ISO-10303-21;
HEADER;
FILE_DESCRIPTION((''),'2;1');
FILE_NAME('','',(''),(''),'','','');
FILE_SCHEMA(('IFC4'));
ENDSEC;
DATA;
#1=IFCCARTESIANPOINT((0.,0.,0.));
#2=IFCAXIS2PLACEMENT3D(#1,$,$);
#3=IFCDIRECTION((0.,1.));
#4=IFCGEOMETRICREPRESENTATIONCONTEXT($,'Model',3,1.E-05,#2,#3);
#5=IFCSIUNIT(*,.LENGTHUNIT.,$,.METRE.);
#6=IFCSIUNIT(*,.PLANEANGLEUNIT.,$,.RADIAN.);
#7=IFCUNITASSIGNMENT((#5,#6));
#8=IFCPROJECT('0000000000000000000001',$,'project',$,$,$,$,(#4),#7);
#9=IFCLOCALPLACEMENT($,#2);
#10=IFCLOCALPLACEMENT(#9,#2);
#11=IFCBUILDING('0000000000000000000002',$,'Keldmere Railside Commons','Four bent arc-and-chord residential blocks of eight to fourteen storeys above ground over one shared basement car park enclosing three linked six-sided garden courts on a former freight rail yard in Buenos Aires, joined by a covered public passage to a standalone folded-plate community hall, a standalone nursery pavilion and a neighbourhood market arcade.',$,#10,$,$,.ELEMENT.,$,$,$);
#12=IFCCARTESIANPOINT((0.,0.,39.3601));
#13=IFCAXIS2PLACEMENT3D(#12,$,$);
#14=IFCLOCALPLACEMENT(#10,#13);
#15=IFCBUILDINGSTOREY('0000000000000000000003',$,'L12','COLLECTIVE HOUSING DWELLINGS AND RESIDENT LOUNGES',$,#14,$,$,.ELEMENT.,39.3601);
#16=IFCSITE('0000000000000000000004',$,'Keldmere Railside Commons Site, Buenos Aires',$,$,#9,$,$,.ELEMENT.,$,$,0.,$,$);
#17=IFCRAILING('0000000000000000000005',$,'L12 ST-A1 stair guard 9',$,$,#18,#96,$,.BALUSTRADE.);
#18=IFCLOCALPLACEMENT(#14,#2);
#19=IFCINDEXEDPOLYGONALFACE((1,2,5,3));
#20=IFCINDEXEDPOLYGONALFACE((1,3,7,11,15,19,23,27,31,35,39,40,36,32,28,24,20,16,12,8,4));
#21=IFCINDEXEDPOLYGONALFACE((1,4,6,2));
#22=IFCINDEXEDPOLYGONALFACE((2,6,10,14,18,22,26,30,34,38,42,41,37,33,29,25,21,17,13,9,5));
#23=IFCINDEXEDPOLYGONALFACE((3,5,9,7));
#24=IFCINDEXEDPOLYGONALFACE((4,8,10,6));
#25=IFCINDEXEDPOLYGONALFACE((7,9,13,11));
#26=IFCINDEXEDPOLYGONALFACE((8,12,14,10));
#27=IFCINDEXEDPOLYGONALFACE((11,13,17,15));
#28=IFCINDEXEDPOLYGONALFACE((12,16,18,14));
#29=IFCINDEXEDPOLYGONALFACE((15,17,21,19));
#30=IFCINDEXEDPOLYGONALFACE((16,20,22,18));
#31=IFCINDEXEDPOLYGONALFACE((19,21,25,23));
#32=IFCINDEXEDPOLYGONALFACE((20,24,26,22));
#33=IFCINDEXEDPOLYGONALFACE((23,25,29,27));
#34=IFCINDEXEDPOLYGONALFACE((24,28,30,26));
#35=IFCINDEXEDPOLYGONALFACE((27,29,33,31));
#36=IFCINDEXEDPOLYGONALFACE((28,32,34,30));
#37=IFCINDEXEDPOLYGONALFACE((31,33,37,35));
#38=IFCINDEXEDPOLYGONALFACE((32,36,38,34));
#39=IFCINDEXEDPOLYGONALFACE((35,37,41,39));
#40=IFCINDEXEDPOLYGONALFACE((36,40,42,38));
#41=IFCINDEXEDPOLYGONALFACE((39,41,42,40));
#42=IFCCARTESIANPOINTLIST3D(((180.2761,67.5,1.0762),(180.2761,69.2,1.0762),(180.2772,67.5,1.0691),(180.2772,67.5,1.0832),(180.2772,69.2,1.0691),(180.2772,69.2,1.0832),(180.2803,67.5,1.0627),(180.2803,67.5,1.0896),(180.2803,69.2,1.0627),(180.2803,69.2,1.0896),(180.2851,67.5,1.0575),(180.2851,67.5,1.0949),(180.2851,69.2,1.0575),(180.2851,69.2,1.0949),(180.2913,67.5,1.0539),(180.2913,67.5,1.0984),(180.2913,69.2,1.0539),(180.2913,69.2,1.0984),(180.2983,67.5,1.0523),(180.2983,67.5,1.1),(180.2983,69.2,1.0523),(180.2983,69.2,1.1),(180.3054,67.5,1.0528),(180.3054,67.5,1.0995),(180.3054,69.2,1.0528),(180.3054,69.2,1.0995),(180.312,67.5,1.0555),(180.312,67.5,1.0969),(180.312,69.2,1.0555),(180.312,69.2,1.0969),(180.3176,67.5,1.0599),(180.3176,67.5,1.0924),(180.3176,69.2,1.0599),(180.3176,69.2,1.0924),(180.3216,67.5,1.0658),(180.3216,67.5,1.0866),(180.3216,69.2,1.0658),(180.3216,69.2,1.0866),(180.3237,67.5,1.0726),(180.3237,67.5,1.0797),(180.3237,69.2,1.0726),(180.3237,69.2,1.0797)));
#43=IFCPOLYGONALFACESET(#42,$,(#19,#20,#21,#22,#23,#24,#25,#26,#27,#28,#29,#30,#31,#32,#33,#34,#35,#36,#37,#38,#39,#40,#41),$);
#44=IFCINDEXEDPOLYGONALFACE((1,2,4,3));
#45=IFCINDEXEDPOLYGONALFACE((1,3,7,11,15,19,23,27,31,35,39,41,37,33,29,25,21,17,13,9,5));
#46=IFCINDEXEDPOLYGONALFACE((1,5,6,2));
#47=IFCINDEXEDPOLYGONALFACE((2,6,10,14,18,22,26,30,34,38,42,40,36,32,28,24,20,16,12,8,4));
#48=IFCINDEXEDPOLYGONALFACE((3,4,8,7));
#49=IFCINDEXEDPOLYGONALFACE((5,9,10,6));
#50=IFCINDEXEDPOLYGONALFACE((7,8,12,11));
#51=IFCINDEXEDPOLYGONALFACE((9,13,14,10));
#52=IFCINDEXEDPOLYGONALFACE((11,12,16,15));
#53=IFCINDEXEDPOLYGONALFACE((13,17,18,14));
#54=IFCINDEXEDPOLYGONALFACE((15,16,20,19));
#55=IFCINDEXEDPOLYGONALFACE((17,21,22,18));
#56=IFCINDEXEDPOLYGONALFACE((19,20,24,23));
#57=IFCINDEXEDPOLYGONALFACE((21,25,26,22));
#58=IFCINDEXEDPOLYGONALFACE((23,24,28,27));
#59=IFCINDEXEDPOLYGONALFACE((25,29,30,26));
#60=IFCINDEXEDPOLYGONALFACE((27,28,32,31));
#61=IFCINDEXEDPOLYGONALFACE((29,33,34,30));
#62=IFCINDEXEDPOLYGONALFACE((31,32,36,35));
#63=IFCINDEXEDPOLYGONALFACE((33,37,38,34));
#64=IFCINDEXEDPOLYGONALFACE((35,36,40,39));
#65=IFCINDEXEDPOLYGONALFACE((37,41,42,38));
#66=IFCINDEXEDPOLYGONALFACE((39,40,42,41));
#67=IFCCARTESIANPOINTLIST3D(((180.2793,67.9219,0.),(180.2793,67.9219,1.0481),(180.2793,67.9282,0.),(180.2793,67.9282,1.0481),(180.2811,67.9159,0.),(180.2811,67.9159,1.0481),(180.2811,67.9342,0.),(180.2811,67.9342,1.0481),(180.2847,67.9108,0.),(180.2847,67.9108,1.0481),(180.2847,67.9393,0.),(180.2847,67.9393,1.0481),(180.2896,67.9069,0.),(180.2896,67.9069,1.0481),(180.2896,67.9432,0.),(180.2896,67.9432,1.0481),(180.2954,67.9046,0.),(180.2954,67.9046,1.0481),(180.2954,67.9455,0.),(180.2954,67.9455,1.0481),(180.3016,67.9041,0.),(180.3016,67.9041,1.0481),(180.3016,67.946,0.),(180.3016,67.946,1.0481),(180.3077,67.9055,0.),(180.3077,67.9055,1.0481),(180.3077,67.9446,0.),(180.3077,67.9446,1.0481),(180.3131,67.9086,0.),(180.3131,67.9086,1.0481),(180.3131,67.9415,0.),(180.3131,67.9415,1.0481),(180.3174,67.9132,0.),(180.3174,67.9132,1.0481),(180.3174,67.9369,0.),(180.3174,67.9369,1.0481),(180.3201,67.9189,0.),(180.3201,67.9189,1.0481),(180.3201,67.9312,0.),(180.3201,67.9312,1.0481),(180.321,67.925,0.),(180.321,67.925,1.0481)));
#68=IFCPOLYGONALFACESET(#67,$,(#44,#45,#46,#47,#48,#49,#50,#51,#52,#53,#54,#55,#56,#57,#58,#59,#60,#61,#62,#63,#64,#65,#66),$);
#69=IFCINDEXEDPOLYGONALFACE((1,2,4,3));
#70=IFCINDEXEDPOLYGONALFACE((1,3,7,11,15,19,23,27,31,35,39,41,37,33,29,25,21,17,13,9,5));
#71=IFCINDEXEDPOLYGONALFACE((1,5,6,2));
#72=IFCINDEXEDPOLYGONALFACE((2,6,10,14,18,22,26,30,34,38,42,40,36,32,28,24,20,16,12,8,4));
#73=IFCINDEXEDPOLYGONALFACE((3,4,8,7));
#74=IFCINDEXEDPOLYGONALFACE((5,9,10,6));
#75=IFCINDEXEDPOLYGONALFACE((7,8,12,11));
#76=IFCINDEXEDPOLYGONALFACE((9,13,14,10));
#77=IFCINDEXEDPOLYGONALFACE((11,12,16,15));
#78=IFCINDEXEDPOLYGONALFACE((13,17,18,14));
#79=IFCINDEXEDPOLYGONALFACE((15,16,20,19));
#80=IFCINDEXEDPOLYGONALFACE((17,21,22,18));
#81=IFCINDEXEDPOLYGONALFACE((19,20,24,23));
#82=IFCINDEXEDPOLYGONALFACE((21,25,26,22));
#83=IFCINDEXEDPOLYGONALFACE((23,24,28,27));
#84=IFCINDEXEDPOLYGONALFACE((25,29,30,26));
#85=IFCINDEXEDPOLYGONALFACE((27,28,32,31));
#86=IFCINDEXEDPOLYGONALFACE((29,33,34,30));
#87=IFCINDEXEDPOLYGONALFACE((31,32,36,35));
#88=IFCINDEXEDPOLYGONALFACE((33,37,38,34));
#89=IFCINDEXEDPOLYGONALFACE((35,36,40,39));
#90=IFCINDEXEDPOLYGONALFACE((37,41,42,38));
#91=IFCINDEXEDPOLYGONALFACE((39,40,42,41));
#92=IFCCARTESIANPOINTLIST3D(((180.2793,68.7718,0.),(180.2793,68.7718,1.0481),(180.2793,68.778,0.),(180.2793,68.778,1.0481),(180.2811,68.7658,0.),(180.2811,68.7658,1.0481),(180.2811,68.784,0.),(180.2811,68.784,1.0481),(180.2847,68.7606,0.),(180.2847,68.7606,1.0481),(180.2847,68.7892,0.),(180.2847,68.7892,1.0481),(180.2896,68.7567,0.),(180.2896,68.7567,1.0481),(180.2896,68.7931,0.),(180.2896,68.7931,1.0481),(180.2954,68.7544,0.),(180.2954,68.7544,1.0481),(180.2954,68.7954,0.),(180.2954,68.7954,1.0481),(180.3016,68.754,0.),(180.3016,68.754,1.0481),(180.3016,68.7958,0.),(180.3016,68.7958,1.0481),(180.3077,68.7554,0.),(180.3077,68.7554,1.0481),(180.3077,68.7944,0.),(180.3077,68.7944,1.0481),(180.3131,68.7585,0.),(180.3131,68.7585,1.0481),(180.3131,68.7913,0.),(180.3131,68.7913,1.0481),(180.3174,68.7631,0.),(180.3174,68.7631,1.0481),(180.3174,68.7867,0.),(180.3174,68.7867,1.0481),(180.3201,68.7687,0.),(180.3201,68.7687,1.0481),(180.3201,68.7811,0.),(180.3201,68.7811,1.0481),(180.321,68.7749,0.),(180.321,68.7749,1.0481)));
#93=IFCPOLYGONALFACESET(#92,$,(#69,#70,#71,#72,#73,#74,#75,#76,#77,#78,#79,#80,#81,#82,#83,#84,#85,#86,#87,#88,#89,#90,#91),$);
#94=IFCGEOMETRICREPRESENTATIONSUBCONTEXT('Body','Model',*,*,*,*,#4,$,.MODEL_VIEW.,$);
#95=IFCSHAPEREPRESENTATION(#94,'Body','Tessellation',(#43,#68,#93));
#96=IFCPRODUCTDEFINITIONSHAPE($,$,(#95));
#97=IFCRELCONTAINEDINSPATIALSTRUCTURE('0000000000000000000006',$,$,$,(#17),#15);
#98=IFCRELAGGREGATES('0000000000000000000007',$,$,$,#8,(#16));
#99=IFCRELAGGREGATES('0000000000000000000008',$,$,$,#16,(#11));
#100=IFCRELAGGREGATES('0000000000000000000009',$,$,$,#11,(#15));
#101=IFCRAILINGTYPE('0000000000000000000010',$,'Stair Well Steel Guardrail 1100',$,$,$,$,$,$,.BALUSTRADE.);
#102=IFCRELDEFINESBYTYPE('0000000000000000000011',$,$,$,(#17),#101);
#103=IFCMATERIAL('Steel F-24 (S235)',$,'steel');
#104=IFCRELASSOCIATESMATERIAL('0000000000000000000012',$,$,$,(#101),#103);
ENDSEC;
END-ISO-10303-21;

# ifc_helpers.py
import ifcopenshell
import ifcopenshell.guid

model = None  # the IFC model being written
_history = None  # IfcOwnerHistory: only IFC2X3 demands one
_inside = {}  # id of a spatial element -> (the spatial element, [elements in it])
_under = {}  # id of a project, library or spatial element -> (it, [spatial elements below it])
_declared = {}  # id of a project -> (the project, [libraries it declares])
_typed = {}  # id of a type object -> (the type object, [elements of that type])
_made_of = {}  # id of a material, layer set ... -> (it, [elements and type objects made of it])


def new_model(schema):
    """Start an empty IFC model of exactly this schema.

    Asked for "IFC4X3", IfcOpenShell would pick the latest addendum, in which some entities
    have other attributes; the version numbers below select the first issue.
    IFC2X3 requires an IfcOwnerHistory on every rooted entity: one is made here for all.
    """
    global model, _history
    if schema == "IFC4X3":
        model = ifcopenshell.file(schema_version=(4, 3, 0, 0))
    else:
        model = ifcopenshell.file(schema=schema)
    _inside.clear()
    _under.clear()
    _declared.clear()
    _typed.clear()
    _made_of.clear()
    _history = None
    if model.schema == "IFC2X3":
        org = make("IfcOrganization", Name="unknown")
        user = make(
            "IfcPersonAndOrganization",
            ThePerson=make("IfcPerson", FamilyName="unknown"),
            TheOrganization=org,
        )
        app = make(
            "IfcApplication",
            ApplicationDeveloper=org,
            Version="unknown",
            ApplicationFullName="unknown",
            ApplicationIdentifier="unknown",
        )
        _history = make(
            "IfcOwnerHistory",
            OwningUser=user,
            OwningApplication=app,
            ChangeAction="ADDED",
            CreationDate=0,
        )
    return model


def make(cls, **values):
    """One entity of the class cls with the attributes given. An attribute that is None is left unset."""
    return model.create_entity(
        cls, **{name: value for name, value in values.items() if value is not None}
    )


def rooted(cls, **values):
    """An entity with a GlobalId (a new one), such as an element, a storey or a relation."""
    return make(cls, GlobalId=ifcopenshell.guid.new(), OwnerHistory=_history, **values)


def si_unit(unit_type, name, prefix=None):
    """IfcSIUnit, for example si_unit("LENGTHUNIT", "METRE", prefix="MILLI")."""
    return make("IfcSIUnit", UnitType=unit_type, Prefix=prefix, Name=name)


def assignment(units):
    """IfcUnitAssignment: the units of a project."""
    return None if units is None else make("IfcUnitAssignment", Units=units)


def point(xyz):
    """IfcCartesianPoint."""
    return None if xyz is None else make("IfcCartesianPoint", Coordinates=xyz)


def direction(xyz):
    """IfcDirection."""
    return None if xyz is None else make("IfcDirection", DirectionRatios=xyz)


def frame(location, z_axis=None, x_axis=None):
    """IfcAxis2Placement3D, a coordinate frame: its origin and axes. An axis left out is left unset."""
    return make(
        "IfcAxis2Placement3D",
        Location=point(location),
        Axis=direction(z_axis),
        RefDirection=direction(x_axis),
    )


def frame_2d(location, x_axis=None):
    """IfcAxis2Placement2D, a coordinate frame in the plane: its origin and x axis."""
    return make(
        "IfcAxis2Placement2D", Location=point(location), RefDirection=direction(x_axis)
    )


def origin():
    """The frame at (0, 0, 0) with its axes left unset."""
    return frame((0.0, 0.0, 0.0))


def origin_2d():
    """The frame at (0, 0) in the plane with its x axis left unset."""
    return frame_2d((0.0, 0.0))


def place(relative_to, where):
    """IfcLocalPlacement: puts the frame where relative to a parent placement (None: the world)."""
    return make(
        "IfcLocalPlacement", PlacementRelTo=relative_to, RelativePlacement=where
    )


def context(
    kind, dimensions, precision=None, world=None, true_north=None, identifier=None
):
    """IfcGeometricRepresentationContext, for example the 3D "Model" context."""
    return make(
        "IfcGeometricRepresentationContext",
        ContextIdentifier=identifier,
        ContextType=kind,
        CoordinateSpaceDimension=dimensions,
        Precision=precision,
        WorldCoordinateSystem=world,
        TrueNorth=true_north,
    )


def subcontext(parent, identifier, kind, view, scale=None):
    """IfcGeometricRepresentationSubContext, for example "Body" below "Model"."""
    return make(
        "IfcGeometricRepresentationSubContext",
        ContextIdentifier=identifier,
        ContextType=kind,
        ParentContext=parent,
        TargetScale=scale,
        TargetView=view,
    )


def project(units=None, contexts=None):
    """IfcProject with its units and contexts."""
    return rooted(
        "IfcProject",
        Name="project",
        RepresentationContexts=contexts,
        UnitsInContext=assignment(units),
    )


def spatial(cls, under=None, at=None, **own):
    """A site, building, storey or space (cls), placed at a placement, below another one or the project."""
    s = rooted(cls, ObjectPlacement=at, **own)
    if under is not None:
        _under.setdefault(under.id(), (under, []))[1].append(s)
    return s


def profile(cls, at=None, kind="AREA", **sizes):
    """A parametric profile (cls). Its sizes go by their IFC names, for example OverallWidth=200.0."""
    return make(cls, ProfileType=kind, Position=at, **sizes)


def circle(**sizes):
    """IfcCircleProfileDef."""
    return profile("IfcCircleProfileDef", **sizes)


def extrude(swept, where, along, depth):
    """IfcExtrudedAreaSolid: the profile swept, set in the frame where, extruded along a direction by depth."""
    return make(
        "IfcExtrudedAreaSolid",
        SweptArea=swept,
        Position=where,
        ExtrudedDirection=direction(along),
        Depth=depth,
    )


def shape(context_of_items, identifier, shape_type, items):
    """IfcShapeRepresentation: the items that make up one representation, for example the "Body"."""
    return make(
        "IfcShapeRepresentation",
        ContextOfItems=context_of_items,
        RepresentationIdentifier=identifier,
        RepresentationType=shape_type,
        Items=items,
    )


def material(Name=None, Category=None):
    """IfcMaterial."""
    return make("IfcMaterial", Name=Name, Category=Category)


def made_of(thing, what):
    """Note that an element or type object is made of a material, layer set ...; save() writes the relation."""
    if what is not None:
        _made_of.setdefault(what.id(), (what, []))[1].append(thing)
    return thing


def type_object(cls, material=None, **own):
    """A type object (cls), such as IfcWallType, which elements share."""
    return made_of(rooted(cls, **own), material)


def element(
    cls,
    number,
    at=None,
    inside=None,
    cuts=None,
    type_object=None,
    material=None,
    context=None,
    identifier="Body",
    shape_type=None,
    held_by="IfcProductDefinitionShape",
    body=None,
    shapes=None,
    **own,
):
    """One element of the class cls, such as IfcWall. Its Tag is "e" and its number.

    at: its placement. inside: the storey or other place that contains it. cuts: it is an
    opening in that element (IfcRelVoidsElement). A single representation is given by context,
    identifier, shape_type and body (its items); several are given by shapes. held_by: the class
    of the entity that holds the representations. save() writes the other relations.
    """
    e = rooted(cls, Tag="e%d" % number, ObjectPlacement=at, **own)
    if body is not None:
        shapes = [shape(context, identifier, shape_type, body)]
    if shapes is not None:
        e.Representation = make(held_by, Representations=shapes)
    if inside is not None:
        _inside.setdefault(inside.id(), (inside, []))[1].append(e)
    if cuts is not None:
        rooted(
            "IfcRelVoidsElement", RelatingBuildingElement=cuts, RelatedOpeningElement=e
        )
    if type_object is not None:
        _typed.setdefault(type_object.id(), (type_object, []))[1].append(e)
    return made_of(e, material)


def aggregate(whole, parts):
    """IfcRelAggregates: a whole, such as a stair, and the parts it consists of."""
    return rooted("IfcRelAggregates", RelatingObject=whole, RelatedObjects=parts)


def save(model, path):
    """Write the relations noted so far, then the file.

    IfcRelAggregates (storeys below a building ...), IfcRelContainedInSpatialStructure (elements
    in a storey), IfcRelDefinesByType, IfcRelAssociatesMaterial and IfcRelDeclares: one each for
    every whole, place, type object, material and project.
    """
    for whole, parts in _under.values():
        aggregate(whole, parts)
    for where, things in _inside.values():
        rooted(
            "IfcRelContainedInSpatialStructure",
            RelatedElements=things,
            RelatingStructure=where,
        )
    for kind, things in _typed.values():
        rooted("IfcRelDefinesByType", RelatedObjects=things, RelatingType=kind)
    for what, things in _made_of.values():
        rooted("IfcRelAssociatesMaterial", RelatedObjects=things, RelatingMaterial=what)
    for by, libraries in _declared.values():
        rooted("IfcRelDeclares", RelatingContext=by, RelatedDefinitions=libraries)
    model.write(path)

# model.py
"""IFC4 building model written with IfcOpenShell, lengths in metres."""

from ifc_helpers import new_model, si_unit, direction, frame, origin, origin_2d, place, context, subcontext, project, spatial, circle, extrude, material, type_object, element, save


model = new_model("IFC4")

# Units and contexts
model_context = context("Model", 3, precision=1e-05, world=origin(), true_north=direction((0.0, 1.0)))
body_context = subcontext(model_context, "Body", "Model", "MODEL_VIEW")
ifc_project = project(units=[si_unit("LENGTHUNIT", "METRE"), si_unit("PLANEANGLEUNIT", "RADIAN")], contexts=[model_context])

# Site, building, storey
site_placement = place(None, origin())
site = spatial("IfcSite", under=ifc_project, at=site_placement, Name="Keldmere Railside Commons Site, Buenos Aires", CompositionType="ELEMENT", RefElevation=0.0)
building_placement = place(site_placement, origin())
building = spatial("IfcBuilding", under=site, at=building_placement, Name="Keldmere Railside Commons", Description="Four bent arc-and-chord residential blocks of eight to fourteen storeys above ground over one shared basement car park enclosing three linked six-sided garden courts on a former freight rail yard in Buenos Aires, joined by a covered public passage to a standalone folded-plate community hall, a standalone nursery pavilion and a neighbourhood market arcade.", CompositionType="ELEMENT")
storey_placement = place(building_placement, frame((0.0, 0.0, 39.3601)))
storey = spatial("IfcBuildingStorey", under=building, at=storey_placement, Name="L12", Description="COLLECTIVE HOUSING DWELLINGS AND RESIDENT LOUNGES", CompositionType="ELEMENT", Elevation=39.3601)

# Shared definitions
ifc_material_1 = material(Name="Steel F-24 (S235)", Category="steel")

# Railing
railing_type = type_object("IfcRailingType", Name="Stair Well Steel Guardrail 1100", PredefinedType="BALUSTRADE", material=ifc_material_1)
railing_1_placement = place(storey_placement, frame((180.3, 67.5, 0.0)))
element("IfcRailing", 1, at=railing_1_placement, inside=storey, type_object=railing_type, Name="L12 ST-A1 stair guard 9", PredefinedType="BALUSTRADE", context=body_context, shape_type="SweptSolid", body=[
    extrude(circle(Radius=0.0239, at=origin_2d()), frame((0.0, 0.0, 1.0762), z_axis=(0.0, 1.0, 0.0), x_axis=(-1.0, 0.0, 0.0)), (0.0, 0.0, 1.0), 1.7),
    extrude(circle(Radius=0.021, at=origin_2d()), frame((0.0, 0.425, 0.0)), (0.0, 0.0, 1.0), 1.0481),
    extrude(circle(Radius=0.021, at=origin_2d()), frame((0.0, 1.2749, 0.0)), (0.0, 0.0, 1.0), 1.0481),
])

save(model, "model.ifc")
